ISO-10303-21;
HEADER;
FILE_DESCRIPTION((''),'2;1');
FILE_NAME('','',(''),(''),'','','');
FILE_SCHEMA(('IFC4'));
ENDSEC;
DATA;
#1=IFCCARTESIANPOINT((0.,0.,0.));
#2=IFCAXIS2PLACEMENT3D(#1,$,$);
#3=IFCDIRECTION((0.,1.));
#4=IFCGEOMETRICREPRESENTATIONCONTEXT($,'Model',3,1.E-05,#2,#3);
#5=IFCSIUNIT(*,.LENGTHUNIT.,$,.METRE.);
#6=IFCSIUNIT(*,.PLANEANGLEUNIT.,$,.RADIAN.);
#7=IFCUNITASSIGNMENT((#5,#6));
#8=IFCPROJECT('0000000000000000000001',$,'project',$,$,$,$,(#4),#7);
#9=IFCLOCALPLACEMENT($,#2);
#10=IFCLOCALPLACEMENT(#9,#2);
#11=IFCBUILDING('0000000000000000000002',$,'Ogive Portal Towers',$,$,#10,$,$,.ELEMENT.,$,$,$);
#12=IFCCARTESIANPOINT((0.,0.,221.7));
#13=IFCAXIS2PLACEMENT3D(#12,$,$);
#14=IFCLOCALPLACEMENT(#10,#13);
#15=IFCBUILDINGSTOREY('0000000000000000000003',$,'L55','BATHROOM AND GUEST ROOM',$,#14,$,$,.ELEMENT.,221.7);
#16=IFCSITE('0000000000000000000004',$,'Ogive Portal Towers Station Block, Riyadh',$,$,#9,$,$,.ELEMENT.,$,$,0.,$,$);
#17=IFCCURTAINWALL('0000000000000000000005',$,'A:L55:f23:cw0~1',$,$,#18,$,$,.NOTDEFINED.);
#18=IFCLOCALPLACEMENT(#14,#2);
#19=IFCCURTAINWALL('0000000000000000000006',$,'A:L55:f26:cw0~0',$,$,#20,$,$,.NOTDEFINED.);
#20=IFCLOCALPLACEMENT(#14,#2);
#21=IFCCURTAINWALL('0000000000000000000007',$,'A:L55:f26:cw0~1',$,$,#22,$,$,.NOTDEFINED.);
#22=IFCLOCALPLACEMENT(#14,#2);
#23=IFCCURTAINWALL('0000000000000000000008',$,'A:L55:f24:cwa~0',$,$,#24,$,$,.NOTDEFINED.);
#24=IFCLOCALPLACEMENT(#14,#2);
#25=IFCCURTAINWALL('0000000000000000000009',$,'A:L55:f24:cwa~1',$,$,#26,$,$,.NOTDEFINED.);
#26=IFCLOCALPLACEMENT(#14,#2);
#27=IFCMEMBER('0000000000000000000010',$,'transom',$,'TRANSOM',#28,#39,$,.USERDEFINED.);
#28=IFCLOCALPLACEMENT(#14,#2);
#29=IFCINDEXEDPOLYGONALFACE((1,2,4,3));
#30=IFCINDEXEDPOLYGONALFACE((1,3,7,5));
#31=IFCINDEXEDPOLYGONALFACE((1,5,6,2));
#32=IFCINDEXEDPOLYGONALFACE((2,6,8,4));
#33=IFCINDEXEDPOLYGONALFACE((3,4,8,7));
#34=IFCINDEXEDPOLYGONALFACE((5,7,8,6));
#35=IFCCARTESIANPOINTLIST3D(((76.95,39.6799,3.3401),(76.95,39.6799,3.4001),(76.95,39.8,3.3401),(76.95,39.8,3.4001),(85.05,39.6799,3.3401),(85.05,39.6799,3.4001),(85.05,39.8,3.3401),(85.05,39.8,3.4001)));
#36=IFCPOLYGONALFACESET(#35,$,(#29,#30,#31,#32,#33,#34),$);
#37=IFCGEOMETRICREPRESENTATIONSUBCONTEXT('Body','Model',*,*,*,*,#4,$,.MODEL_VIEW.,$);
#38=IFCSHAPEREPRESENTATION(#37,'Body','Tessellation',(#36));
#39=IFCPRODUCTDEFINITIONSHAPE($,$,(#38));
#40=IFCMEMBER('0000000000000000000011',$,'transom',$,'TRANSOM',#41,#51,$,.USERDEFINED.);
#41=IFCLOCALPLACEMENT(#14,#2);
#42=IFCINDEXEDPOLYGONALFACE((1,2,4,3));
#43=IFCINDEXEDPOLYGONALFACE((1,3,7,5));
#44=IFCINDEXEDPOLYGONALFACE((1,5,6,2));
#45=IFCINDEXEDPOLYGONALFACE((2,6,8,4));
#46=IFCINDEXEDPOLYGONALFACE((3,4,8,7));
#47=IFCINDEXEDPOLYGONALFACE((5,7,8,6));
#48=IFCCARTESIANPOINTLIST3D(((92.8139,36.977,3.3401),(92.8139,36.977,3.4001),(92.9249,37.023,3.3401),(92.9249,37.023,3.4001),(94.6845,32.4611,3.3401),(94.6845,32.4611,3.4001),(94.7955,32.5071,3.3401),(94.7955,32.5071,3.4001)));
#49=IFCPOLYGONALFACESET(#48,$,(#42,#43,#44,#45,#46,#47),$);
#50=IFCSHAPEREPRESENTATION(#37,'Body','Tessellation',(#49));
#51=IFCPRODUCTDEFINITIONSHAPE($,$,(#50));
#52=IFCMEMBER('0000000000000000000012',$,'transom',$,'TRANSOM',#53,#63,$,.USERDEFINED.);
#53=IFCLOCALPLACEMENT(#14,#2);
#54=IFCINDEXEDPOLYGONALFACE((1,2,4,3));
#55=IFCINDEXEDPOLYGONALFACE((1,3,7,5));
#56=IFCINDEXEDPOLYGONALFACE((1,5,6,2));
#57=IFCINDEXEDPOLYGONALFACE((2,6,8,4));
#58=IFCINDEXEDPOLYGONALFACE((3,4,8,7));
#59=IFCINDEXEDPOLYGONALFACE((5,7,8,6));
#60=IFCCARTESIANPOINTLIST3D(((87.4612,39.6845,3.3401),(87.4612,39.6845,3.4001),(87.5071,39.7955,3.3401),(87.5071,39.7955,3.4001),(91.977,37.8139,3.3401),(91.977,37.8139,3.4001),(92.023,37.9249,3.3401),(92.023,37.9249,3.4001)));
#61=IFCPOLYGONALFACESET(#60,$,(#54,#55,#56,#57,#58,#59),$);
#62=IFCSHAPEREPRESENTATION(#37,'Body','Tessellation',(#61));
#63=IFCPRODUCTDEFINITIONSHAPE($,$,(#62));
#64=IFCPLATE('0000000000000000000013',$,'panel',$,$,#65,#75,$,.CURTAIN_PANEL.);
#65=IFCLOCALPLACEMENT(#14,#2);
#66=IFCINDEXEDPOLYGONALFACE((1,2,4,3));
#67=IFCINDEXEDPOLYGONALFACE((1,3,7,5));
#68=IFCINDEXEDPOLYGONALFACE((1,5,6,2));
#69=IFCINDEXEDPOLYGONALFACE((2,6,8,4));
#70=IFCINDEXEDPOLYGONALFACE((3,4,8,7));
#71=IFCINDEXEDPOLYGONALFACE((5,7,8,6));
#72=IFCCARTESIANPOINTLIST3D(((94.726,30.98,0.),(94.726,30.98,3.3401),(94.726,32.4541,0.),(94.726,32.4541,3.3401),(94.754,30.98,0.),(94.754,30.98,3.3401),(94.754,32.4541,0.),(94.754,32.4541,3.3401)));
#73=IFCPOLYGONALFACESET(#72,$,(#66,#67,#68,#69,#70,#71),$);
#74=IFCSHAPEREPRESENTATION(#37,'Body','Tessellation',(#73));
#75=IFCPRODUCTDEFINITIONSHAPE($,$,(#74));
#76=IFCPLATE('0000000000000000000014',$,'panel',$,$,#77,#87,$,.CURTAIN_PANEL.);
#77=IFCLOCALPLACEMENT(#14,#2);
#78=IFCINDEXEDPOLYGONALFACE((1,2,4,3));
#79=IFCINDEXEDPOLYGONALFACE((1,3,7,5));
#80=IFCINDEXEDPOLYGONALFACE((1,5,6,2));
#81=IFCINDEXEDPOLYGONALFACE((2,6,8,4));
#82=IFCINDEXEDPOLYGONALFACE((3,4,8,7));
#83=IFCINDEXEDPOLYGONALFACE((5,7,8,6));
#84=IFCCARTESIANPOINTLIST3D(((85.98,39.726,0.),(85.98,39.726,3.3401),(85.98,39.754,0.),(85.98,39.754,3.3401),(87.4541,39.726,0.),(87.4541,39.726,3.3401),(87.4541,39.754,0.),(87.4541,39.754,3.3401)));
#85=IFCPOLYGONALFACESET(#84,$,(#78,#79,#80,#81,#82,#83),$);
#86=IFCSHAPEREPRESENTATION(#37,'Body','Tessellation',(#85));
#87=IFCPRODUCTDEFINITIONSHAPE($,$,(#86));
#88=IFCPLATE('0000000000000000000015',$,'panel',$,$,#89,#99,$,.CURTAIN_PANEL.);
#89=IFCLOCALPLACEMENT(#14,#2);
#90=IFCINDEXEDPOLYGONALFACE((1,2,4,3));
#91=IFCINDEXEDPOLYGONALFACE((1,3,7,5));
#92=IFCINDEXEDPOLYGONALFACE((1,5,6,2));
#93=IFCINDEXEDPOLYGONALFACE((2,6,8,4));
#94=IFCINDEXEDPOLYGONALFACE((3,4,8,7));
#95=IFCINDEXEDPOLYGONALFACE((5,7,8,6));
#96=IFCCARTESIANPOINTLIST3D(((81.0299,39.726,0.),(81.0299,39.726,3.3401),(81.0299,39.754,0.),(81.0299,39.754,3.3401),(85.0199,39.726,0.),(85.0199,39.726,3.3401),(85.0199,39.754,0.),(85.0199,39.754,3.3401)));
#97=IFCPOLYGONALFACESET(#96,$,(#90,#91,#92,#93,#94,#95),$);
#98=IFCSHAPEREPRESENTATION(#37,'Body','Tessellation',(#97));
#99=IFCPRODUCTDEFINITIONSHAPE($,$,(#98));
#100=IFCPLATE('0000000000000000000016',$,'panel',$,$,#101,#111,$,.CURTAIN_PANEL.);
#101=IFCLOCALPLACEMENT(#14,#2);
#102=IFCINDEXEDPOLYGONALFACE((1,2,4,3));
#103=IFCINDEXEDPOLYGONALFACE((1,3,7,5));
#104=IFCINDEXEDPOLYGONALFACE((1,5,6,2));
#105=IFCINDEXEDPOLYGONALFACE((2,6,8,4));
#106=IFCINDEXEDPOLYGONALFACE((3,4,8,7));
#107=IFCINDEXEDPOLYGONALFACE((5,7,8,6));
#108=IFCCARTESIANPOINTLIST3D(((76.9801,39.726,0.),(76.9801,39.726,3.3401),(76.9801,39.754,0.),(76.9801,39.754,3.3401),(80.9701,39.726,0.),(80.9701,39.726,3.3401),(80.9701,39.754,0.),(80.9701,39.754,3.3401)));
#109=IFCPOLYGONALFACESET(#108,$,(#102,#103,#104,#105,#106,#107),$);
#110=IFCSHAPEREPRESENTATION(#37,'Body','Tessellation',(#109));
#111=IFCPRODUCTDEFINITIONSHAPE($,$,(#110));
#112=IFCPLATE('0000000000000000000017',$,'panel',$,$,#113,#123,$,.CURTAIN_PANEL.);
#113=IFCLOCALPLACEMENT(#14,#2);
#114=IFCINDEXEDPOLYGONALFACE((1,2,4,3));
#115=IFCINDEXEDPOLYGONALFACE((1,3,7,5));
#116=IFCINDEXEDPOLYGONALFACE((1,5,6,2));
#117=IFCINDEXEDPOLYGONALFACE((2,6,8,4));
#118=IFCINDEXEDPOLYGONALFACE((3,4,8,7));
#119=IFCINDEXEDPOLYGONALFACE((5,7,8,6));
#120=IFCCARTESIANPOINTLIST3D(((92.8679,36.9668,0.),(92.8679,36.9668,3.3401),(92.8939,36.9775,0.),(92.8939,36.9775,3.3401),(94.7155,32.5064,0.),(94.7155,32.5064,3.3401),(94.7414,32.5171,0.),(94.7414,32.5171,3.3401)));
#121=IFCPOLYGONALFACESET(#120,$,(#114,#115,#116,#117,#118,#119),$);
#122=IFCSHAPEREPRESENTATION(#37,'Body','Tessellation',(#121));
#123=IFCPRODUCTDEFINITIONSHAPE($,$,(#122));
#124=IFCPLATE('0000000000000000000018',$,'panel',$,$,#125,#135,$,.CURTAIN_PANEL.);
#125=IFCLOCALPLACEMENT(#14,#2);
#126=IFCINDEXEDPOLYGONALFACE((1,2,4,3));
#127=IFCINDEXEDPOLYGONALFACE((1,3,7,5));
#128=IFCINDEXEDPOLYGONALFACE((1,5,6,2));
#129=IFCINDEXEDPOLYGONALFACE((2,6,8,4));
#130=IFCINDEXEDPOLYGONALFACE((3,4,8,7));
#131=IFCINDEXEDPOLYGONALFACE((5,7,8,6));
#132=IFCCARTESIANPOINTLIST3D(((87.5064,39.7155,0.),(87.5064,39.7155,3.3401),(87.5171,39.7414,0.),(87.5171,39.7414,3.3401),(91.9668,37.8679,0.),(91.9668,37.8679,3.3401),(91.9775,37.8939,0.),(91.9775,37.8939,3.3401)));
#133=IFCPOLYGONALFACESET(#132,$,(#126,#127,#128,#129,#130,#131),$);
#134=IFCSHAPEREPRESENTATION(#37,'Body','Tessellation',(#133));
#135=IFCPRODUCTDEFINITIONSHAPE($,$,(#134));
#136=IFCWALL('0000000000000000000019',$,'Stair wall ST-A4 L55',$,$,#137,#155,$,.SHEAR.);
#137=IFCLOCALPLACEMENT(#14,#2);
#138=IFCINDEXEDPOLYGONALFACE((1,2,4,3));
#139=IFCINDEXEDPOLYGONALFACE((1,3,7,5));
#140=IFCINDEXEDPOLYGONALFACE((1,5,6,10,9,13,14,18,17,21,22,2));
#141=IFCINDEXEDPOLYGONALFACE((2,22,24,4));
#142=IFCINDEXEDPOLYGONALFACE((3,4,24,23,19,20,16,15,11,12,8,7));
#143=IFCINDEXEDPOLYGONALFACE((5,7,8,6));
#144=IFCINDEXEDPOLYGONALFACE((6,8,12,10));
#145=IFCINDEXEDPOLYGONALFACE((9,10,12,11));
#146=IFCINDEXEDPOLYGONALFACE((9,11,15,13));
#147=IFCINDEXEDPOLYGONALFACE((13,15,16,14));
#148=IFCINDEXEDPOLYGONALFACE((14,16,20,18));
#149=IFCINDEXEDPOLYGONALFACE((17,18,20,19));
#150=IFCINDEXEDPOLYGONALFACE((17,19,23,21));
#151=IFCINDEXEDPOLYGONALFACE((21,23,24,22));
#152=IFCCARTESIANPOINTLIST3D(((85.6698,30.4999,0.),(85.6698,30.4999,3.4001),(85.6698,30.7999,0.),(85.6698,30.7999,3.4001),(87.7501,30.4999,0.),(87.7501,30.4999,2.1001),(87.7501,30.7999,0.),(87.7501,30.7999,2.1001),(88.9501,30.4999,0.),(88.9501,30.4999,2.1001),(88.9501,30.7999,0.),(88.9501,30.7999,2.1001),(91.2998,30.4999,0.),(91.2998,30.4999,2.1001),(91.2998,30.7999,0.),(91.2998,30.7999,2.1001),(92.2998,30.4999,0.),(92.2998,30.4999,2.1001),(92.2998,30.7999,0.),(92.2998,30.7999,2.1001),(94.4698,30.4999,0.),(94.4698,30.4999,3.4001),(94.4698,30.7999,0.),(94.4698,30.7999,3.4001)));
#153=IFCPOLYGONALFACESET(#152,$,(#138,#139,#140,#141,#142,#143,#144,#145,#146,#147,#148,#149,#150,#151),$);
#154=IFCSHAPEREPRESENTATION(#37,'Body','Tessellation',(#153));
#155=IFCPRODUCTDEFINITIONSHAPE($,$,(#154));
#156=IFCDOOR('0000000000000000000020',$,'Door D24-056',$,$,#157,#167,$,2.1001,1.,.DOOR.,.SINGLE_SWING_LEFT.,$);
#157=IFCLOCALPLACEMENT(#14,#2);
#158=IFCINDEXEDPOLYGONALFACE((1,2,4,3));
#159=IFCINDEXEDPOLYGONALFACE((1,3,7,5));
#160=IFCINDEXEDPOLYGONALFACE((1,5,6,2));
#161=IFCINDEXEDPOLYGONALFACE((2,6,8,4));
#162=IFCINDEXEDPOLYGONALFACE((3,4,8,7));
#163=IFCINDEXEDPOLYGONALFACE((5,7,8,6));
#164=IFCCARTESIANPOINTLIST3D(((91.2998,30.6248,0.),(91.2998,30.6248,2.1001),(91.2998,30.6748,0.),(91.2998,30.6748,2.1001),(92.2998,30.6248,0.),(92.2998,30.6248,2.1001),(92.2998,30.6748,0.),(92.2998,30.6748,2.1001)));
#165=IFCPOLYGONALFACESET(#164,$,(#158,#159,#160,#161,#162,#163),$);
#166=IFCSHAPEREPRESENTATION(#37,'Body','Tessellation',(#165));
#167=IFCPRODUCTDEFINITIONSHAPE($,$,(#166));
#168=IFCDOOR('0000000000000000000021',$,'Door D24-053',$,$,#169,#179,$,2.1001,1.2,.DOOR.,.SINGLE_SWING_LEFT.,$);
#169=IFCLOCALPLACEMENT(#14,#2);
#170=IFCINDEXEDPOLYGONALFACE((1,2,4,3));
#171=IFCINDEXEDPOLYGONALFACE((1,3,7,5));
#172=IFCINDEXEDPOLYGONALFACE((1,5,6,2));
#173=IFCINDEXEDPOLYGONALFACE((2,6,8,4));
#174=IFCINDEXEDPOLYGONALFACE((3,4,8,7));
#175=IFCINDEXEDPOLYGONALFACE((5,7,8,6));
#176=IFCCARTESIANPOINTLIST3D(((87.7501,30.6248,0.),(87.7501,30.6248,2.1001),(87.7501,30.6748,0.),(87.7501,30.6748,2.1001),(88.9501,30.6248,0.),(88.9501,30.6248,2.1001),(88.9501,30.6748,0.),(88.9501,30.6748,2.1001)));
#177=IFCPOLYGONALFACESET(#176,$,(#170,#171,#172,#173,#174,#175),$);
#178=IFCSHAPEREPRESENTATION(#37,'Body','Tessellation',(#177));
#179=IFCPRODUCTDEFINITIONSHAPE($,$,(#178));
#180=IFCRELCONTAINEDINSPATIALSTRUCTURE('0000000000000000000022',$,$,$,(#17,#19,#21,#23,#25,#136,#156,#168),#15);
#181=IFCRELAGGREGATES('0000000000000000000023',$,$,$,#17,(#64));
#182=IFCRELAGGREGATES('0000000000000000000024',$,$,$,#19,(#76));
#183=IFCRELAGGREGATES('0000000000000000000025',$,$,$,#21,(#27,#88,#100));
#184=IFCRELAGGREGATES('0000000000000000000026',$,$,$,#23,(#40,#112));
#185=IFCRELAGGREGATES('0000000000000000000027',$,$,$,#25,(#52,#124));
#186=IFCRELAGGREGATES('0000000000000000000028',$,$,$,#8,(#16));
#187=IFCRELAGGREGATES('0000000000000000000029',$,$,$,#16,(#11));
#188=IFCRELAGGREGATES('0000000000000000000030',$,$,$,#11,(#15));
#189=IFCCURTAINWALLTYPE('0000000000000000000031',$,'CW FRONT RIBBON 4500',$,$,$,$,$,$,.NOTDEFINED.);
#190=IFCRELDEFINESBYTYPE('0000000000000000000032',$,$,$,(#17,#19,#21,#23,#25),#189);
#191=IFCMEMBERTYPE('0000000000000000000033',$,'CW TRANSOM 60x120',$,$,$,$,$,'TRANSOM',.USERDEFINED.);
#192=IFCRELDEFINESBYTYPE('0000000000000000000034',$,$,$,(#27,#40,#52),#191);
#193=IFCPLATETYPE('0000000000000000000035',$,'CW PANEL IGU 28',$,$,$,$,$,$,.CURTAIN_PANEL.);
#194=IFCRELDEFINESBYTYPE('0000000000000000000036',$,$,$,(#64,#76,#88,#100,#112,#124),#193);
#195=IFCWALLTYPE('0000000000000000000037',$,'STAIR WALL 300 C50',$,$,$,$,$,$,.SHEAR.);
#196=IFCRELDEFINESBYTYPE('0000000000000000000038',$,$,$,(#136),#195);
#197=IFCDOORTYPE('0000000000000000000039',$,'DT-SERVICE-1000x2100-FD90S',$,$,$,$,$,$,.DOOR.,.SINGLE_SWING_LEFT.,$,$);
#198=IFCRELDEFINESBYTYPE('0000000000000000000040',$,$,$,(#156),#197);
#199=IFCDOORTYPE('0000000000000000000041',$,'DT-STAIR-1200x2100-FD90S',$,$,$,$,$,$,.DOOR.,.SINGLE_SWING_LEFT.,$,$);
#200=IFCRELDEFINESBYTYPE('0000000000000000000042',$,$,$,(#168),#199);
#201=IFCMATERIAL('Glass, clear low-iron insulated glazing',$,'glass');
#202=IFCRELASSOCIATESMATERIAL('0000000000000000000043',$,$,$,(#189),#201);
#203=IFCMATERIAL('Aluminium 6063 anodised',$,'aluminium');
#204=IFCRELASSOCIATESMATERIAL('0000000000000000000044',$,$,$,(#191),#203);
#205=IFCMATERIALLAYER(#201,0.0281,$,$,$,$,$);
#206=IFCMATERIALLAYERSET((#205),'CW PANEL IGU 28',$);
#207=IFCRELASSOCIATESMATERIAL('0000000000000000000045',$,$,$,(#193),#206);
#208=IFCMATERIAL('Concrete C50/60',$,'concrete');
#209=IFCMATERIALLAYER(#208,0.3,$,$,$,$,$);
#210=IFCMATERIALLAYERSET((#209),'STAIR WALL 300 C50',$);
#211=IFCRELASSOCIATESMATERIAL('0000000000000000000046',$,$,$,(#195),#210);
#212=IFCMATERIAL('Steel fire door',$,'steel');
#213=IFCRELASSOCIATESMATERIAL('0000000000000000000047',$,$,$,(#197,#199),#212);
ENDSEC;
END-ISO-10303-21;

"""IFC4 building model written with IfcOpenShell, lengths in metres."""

from ifc_helpers import new_model, si_unit, direction, frame, frame_2d, origin, origin_2d, place, context, subcontext, project, spatial, rectangle, extrude, material, layer, layer_set, material_profile, profile_set, type_object, element, fill, aggregate, save


model = new_model("IFC4")

# Units and contexts
model_context = context("Model", 3, precision=1e-05, world=origin(), true_north=direction((0.0, 1.0)))
body_context = subcontext(model_context, "Body", "Model", "MODEL_VIEW")
ifc_project = project(units=[si_unit("LENGTHUNIT", "METRE"), si_unit("PLANEANGLEUNIT", "RADIAN")], contexts=[model_context])

# Site, building, storey
site_placement = place(None, origin())
site = spatial("IfcSite", under=ifc_project, at=site_placement, Name="Ogive Portal Towers Station Block, Riyadh", CompositionType="ELEMENT", RefElevation=0.0)
building_placement = place(site_placement, origin())
building = spatial("IfcBuilding", under=site, at=building_placement, Name="Ogive Portal Towers", CompositionType="ELEMENT")
storey_placement = place(building_placement, frame((0.0, 0.0, 221.7)))
storey = spatial("IfcBuildingStorey", under=building, at=storey_placement, Name="L55", Description="BATHROOM AND GUEST ROOM", CompositionType="ELEMENT", Elevation=221.7)

# Curtain walls
ifc_material_1 = material(Name="Glass, clear low-iron insulated glazing", Category="glass")
curtain_wall_type = type_object("IfcCurtainWallType", Name="CW FRONT RIBBON 4500", PredefinedType="NOTDEFINED", material=ifc_material_1)
curtain_wall_1_placement = place(storey_placement, origin())
curtain_wall_1 = element("IfcCurtainWall", 1, at=curtain_wall_1_placement, inside=storey, type_object=curtain_wall_type, Name="A:L55:f23:cw0~1", PredefinedType="NOTDEFINED")
ifc_material_2 = material(Name="Aluminium 6063 anodised", Category="aluminium")
curtain_wall_2_placement = place(storey_placement, origin())
curtain_wall_2 = element("IfcCurtainWall", 2, at=curtain_wall_2_placement, inside=storey, type_object=curtain_wall_type, Name="A:L55:f26:cw0~0", PredefinedType="NOTDEFINED")
curtain_wall_3_placement = place(storey_placement, origin())
curtain_wall_3 = element("IfcCurtainWall", 3, at=curtain_wall_3_placement, inside=storey, type_object=curtain_wall_type, Name="A:L55:f26:cw0~1", PredefinedType="NOTDEFINED")

# Curtain walls
curtain_wall_4_placement = place(storey_placement, origin())
curtain_wall_4 = element("IfcCurtainWall", 4, at=curtain_wall_4_placement, inside=storey, type_object=curtain_wall_type, Name="A:L55:f24:cwa~0", PredefinedType="NOTDEFINED")
curtain_wall_5_placement = place(storey_placement, origin())
curtain_wall_5 = element("IfcCurtainWall", 5, at=curtain_wall_5_placement, inside=storey, type_object=curtain_wall_type, Name="A:L55:f24:cwa~1", PredefinedType="NOTDEFINED")

# Members
ifc_material_profile_1 = material_profile(ifc_material_2, rectangle(XDim=0.1201, YDim=0.0601, at=origin_2d()), Name="AL 120x60")
ifc_profile_set_1 = profile_set([ifc_material_profile_1], Name="Aluminium 6063 anodised")
member_type_1 = type_object("IfcMemberType", Name="CW TRANSOM 60x120", ElementType="TRANSOM", PredefinedType="USERDEFINED", material=ifc_profile_set_1)
member_1_placement = place(storey_placement, frame((85.05, 39.74, 3.3701), z_axis=(-1.0, 0.0, 0.0), x_axis=(0.0, -1.0, 0.0)))
member_1 = element("IfcMember", 6, at=member_1_placement, type_object=member_type_1, Name="transom", ObjectType="TRANSOM", PredefinedType="USERDEFINED", context=body_context, shape_type="SweptSolid", body=[
    extrude(rectangle(XDim=0.1201, YDim=0.0601, at=origin_2d()), origin(), (0.0, 0.0, 1.0), 8.1001),
])
member_2_placement = place(storey_placement, frame((94.74, 32.4841, 3.3701), z_axis=(-0.382696, 0.923874, 0.0), x_axis=(-0.923874, -0.382696, 0.0)))
member_2 = element("IfcMember", 7, at=member_2_placement, type_object=member_type_1, Name="transom", ObjectType="TRANSOM", PredefinedType="USERDEFINED", context=body_context, shape_type="SweptSolid", body=[
    extrude(rectangle(XDim=0.1201, YDim=0.0601, at=origin_2d()), origin(), (0.0, 0.0, 1.0), 4.8879),
])
member_3_placement = place(storey_placement, frame((92.0, 37.8694, 3.3701), z_axis=(-0.923874, 0.382696, 0.0), x_axis=(-0.382696, -0.923874, 0.0)))
member_3 = element("IfcMember", 8, at=member_3_placement, type_object=member_type_1, Name="transom", ObjectType="TRANSOM", PredefinedType="USERDEFINED", context=body_context, shape_type="SweptSolid", body=[
    extrude(rectangle(XDim=0.1201, YDim=0.0601, at=origin_2d()), origin(), (0.0, 0.0, 1.0), 4.8879),
])

# Plates
ifc_layer_1 = layer(ifc_material_1, 0.0281)
ifc_layer_set_1 = layer_set([ifc_layer_1], Name="CW PANEL IGU 28")
plate_type = type_object("IfcPlateType", Name="CW PANEL IGU 28", PredefinedType="CURTAIN_PANEL", material=ifc_layer_set_1)
plate_1_placement = place(storey_placement, frame((94.74, 31.717, 0.0), z_axis=(0.0, 0.0, 1.0), x_axis=(0.0, 1.0, 0.0)))
plate_1 = element("IfcPlate", 9, at=plate_1_placement, type_object=plate_type, Name="panel", PredefinedType="CURTAIN_PANEL", context=body_context, shape_type="SweptSolid", body=[
    extrude(rectangle(XDim=1.4741, YDim=0.0281, at=origin_2d()), origin(), (0.0, 0.0, 1.0), 3.3401),
])
aggregate(curtain_wall_1, [plate_1])
plate_2_placement = place(storey_placement, frame((86.717, 39.74, 0.0), z_axis=(0.0, 0.0, 1.0), x_axis=(-1.0, 0.0, 0.0)))
plate_2 = element("IfcPlate", 10, at=plate_2_placement, type_object=plate_type, Name="panel", PredefinedType="CURTAIN_PANEL", context=body_context, shape_type="SweptSolid", body=[
    extrude(rectangle(XDim=1.4741, YDim=0.0281, at=origin_2d()), origin(), (0.0, 0.0, 1.0), 3.3401),
])
aggregate(curtain_wall_2, [plate_2])
plate_3_placement = place(storey_placement, frame((83.0249, 39.74, 0.0), z_axis=(0.0, 0.0, 1.0), x_axis=(-1.0, 0.0, 0.0)))
plate_3 = element("IfcPlate", 11, at=plate_3_placement, type_object=plate_type, Name="panel", PredefinedType="CURTAIN_PANEL", context=body_context, shape_type="SweptSolid", body=[
    extrude(rectangle(XDim=3.99, YDim=0.0281, at=origin_2d()), origin(), (0.0, 0.0, 1.0), 3.3401),
])
plate_4_placement = place(storey_placement, frame((78.9751, 39.74, 0.0), z_axis=(0.0, 0.0, 1.0), x_axis=(-1.0, 0.0, 0.0)))
plate_4 = element("IfcPlate", 12, at=plate_4_placement, type_object=plate_type, Name="panel", PredefinedType="CURTAIN_PANEL", context=body_context, shape_type="SweptSolid", body=[
    extrude(rectangle(XDim=3.99, YDim=0.0281, at=origin_2d()), origin(), (0.0, 0.0, 1.0), 3.3401),
])
aggregate(curtain_wall_3, [member_1, plate_3, plate_4])
plate_5_placement = place(storey_placement, frame((93.8047, 34.7419, 0.0), z_axis=(0.0, 0.0, 1.0), x_axis=(-0.382683, 0.92388, 0.0)))
plate_5 = element("IfcPlate", 13, at=plate_5_placement, type_object=plate_type, Name="panel", PredefinedType="CURTAIN_PANEL", context=body_context, shape_type="SweptSolid", body=[
    extrude(rectangle(XDim=4.8279, YDim=0.0281, at=origin_2d()), origin(), (0.0, 0.0, 1.0), 3.3401),
])
aggregate(curtain_wall_4, [member_2, plate_5])
plate_6_placement = place(storey_placement, frame((89.7419, 38.8047, 0.0), z_axis=(0.0, 0.0, 1.0), x_axis=(-0.92388, 0.382683, 0.0)))
plate_6 = element("IfcPlate", 14, at=plate_6_placement, type_object=plate_type, Name="panel", PredefinedType="CURTAIN_PANEL", context=body_context, shape_type="SweptSolid", body=[
    extrude(rectangle(XDim=4.8279, YDim=0.0281, at=origin_2d()), origin(), (0.0, 0.0, 1.0), 3.3401),
])
aggregate(curtain_wall_5, [member_3, plate_6])

# Wall, openings, doors
ifc_material_3 = material(Name="Concrete C50/60", Category="concrete")
ifc_layer_2 = layer(ifc_material_3, 0.3)
ifc_layer_set_2 = layer_set([ifc_layer_2], Name="STAIR WALL 300 C50")
wall_type_1 = type_object("IfcWallType", Name="STAIR WALL 300 C50", PredefinedType="SHEAR", material=ifc_layer_set_2)
wall_1_placement = place(storey_placement, frame((85.6699, 30.6499, 0.0), z_axis=(0.0, 0.0, 1.0), x_axis=(1.0, 0.0, 0.0)))
wall_1 = element("IfcWall", 15, at=wall_1_placement, inside=storey, type_object=wall_type_1, Name="Stair wall ST-A4 L55", PredefinedType="SHEAR", context=body_context, shape_type="SweptSolid", body=[
    extrude(rectangle(XDim=8.8, YDim=0.3, at=frame_2d((4.3999, 0.0))), origin(), (0.0, 0.0, 1.0), 3.4001),
])
opening_1_placement = place(wall_1_placement, frame((2.0801, 0.0, 0.0)))
opening_1 = element("IfcOpeningElement", 16, at=opening_1_placement, cuts=wall_1, PredefinedType="OPENING", context=body_context, shape_type="SweptSolid", body=[
    extrude(rectangle(XDim=1.2, YDim=2.1001, at=frame_2d((0.6001, 1.05))), frame((0.0, 0.1602, 0.0), z_axis=(0.0, -1.0, 0.0), x_axis=(1.0, 0.0, 0.0)), (0.0, 0.0, 1.0), 0.3201),
])
opening_2_placement = place(wall_1_placement, frame((5.6299, 0.0, 0.0)))
opening_2 = element("IfcOpeningElement", 17, at=opening_2_placement, cuts=wall_1, PredefinedType="OPENING", context=body_context, shape_type="SweptSolid", body=[
    extrude(rectangle(XDim=1.0, YDim=2.1001, at=frame_2d((0.5, 1.05))), frame((0.0, 0.1602, 0.0), z_axis=(0.0, -1.0, 0.0), x_axis=(1.0, 0.0, 0.0)), (0.0, 0.0, 1.0), 0.3201),
])
ifc_material_4 = material(Name="Steel fire door", Category="steel")
door_type_1 = type_object("IfcDoorType", Name="DT-SERVICE-1000x2100-FD90S", OperationType="SINGLE_SWING_LEFT", PredefinedType="DOOR", material=ifc_material_4)
door_1_placement = place(opening_2_placement, origin())
door_1 = element("IfcDoor", 18, at=door_1_placement, inside=storey, type_object=door_type_1, Name="Door D24-056", OperationType="SINGLE_SWING_LEFT", OverallHeight=2.1001, OverallWidth=1.0, PredefinedType="DOOR", context=body_context, shape_type="SweptSolid", body=[
    extrude(rectangle(XDim=1.0, YDim=2.1001, at=frame_2d((0.5, 1.05))), frame((0.0, 0.0249, 0.0), z_axis=(0.0, -1.0, 0.0), x_axis=(1.0, 0.0, 0.0)), (0.0, 0.0, 1.0), 0.05),
])
fill(opening_2, door_1)
door_type_2 = type_object("IfcDoorType", Name="DT-STAIR-1200x2100-FD90S", OperationType="SINGLE_SWING_LEFT", PredefinedType="DOOR", material=ifc_material_4)
door_2_placement = place(opening_1_placement, origin())
door_2 = element("IfcDoor", 19, at=door_2_placement, inside=storey, type_object=door_type_2, Name="Door D24-053", OperationType="SINGLE_SWING_LEFT", OverallHeight=2.1001, OverallWidth=1.2, PredefinedType="DOOR", context=body_context, shape_type="SweptSolid", body=[
    extrude(rectangle(XDim=1.2, YDim=2.1001, at=frame_2d((0.6001, 1.05))), frame((0.0, 0.0249, 0.0), z_axis=(0.0, -1.0, 0.0), x_axis=(1.0, 0.0, 0.0)), (0.0, 0.0, 1.0), 0.05),
])
fill(opening_1, door_2)

save(model, "model.ifc")
